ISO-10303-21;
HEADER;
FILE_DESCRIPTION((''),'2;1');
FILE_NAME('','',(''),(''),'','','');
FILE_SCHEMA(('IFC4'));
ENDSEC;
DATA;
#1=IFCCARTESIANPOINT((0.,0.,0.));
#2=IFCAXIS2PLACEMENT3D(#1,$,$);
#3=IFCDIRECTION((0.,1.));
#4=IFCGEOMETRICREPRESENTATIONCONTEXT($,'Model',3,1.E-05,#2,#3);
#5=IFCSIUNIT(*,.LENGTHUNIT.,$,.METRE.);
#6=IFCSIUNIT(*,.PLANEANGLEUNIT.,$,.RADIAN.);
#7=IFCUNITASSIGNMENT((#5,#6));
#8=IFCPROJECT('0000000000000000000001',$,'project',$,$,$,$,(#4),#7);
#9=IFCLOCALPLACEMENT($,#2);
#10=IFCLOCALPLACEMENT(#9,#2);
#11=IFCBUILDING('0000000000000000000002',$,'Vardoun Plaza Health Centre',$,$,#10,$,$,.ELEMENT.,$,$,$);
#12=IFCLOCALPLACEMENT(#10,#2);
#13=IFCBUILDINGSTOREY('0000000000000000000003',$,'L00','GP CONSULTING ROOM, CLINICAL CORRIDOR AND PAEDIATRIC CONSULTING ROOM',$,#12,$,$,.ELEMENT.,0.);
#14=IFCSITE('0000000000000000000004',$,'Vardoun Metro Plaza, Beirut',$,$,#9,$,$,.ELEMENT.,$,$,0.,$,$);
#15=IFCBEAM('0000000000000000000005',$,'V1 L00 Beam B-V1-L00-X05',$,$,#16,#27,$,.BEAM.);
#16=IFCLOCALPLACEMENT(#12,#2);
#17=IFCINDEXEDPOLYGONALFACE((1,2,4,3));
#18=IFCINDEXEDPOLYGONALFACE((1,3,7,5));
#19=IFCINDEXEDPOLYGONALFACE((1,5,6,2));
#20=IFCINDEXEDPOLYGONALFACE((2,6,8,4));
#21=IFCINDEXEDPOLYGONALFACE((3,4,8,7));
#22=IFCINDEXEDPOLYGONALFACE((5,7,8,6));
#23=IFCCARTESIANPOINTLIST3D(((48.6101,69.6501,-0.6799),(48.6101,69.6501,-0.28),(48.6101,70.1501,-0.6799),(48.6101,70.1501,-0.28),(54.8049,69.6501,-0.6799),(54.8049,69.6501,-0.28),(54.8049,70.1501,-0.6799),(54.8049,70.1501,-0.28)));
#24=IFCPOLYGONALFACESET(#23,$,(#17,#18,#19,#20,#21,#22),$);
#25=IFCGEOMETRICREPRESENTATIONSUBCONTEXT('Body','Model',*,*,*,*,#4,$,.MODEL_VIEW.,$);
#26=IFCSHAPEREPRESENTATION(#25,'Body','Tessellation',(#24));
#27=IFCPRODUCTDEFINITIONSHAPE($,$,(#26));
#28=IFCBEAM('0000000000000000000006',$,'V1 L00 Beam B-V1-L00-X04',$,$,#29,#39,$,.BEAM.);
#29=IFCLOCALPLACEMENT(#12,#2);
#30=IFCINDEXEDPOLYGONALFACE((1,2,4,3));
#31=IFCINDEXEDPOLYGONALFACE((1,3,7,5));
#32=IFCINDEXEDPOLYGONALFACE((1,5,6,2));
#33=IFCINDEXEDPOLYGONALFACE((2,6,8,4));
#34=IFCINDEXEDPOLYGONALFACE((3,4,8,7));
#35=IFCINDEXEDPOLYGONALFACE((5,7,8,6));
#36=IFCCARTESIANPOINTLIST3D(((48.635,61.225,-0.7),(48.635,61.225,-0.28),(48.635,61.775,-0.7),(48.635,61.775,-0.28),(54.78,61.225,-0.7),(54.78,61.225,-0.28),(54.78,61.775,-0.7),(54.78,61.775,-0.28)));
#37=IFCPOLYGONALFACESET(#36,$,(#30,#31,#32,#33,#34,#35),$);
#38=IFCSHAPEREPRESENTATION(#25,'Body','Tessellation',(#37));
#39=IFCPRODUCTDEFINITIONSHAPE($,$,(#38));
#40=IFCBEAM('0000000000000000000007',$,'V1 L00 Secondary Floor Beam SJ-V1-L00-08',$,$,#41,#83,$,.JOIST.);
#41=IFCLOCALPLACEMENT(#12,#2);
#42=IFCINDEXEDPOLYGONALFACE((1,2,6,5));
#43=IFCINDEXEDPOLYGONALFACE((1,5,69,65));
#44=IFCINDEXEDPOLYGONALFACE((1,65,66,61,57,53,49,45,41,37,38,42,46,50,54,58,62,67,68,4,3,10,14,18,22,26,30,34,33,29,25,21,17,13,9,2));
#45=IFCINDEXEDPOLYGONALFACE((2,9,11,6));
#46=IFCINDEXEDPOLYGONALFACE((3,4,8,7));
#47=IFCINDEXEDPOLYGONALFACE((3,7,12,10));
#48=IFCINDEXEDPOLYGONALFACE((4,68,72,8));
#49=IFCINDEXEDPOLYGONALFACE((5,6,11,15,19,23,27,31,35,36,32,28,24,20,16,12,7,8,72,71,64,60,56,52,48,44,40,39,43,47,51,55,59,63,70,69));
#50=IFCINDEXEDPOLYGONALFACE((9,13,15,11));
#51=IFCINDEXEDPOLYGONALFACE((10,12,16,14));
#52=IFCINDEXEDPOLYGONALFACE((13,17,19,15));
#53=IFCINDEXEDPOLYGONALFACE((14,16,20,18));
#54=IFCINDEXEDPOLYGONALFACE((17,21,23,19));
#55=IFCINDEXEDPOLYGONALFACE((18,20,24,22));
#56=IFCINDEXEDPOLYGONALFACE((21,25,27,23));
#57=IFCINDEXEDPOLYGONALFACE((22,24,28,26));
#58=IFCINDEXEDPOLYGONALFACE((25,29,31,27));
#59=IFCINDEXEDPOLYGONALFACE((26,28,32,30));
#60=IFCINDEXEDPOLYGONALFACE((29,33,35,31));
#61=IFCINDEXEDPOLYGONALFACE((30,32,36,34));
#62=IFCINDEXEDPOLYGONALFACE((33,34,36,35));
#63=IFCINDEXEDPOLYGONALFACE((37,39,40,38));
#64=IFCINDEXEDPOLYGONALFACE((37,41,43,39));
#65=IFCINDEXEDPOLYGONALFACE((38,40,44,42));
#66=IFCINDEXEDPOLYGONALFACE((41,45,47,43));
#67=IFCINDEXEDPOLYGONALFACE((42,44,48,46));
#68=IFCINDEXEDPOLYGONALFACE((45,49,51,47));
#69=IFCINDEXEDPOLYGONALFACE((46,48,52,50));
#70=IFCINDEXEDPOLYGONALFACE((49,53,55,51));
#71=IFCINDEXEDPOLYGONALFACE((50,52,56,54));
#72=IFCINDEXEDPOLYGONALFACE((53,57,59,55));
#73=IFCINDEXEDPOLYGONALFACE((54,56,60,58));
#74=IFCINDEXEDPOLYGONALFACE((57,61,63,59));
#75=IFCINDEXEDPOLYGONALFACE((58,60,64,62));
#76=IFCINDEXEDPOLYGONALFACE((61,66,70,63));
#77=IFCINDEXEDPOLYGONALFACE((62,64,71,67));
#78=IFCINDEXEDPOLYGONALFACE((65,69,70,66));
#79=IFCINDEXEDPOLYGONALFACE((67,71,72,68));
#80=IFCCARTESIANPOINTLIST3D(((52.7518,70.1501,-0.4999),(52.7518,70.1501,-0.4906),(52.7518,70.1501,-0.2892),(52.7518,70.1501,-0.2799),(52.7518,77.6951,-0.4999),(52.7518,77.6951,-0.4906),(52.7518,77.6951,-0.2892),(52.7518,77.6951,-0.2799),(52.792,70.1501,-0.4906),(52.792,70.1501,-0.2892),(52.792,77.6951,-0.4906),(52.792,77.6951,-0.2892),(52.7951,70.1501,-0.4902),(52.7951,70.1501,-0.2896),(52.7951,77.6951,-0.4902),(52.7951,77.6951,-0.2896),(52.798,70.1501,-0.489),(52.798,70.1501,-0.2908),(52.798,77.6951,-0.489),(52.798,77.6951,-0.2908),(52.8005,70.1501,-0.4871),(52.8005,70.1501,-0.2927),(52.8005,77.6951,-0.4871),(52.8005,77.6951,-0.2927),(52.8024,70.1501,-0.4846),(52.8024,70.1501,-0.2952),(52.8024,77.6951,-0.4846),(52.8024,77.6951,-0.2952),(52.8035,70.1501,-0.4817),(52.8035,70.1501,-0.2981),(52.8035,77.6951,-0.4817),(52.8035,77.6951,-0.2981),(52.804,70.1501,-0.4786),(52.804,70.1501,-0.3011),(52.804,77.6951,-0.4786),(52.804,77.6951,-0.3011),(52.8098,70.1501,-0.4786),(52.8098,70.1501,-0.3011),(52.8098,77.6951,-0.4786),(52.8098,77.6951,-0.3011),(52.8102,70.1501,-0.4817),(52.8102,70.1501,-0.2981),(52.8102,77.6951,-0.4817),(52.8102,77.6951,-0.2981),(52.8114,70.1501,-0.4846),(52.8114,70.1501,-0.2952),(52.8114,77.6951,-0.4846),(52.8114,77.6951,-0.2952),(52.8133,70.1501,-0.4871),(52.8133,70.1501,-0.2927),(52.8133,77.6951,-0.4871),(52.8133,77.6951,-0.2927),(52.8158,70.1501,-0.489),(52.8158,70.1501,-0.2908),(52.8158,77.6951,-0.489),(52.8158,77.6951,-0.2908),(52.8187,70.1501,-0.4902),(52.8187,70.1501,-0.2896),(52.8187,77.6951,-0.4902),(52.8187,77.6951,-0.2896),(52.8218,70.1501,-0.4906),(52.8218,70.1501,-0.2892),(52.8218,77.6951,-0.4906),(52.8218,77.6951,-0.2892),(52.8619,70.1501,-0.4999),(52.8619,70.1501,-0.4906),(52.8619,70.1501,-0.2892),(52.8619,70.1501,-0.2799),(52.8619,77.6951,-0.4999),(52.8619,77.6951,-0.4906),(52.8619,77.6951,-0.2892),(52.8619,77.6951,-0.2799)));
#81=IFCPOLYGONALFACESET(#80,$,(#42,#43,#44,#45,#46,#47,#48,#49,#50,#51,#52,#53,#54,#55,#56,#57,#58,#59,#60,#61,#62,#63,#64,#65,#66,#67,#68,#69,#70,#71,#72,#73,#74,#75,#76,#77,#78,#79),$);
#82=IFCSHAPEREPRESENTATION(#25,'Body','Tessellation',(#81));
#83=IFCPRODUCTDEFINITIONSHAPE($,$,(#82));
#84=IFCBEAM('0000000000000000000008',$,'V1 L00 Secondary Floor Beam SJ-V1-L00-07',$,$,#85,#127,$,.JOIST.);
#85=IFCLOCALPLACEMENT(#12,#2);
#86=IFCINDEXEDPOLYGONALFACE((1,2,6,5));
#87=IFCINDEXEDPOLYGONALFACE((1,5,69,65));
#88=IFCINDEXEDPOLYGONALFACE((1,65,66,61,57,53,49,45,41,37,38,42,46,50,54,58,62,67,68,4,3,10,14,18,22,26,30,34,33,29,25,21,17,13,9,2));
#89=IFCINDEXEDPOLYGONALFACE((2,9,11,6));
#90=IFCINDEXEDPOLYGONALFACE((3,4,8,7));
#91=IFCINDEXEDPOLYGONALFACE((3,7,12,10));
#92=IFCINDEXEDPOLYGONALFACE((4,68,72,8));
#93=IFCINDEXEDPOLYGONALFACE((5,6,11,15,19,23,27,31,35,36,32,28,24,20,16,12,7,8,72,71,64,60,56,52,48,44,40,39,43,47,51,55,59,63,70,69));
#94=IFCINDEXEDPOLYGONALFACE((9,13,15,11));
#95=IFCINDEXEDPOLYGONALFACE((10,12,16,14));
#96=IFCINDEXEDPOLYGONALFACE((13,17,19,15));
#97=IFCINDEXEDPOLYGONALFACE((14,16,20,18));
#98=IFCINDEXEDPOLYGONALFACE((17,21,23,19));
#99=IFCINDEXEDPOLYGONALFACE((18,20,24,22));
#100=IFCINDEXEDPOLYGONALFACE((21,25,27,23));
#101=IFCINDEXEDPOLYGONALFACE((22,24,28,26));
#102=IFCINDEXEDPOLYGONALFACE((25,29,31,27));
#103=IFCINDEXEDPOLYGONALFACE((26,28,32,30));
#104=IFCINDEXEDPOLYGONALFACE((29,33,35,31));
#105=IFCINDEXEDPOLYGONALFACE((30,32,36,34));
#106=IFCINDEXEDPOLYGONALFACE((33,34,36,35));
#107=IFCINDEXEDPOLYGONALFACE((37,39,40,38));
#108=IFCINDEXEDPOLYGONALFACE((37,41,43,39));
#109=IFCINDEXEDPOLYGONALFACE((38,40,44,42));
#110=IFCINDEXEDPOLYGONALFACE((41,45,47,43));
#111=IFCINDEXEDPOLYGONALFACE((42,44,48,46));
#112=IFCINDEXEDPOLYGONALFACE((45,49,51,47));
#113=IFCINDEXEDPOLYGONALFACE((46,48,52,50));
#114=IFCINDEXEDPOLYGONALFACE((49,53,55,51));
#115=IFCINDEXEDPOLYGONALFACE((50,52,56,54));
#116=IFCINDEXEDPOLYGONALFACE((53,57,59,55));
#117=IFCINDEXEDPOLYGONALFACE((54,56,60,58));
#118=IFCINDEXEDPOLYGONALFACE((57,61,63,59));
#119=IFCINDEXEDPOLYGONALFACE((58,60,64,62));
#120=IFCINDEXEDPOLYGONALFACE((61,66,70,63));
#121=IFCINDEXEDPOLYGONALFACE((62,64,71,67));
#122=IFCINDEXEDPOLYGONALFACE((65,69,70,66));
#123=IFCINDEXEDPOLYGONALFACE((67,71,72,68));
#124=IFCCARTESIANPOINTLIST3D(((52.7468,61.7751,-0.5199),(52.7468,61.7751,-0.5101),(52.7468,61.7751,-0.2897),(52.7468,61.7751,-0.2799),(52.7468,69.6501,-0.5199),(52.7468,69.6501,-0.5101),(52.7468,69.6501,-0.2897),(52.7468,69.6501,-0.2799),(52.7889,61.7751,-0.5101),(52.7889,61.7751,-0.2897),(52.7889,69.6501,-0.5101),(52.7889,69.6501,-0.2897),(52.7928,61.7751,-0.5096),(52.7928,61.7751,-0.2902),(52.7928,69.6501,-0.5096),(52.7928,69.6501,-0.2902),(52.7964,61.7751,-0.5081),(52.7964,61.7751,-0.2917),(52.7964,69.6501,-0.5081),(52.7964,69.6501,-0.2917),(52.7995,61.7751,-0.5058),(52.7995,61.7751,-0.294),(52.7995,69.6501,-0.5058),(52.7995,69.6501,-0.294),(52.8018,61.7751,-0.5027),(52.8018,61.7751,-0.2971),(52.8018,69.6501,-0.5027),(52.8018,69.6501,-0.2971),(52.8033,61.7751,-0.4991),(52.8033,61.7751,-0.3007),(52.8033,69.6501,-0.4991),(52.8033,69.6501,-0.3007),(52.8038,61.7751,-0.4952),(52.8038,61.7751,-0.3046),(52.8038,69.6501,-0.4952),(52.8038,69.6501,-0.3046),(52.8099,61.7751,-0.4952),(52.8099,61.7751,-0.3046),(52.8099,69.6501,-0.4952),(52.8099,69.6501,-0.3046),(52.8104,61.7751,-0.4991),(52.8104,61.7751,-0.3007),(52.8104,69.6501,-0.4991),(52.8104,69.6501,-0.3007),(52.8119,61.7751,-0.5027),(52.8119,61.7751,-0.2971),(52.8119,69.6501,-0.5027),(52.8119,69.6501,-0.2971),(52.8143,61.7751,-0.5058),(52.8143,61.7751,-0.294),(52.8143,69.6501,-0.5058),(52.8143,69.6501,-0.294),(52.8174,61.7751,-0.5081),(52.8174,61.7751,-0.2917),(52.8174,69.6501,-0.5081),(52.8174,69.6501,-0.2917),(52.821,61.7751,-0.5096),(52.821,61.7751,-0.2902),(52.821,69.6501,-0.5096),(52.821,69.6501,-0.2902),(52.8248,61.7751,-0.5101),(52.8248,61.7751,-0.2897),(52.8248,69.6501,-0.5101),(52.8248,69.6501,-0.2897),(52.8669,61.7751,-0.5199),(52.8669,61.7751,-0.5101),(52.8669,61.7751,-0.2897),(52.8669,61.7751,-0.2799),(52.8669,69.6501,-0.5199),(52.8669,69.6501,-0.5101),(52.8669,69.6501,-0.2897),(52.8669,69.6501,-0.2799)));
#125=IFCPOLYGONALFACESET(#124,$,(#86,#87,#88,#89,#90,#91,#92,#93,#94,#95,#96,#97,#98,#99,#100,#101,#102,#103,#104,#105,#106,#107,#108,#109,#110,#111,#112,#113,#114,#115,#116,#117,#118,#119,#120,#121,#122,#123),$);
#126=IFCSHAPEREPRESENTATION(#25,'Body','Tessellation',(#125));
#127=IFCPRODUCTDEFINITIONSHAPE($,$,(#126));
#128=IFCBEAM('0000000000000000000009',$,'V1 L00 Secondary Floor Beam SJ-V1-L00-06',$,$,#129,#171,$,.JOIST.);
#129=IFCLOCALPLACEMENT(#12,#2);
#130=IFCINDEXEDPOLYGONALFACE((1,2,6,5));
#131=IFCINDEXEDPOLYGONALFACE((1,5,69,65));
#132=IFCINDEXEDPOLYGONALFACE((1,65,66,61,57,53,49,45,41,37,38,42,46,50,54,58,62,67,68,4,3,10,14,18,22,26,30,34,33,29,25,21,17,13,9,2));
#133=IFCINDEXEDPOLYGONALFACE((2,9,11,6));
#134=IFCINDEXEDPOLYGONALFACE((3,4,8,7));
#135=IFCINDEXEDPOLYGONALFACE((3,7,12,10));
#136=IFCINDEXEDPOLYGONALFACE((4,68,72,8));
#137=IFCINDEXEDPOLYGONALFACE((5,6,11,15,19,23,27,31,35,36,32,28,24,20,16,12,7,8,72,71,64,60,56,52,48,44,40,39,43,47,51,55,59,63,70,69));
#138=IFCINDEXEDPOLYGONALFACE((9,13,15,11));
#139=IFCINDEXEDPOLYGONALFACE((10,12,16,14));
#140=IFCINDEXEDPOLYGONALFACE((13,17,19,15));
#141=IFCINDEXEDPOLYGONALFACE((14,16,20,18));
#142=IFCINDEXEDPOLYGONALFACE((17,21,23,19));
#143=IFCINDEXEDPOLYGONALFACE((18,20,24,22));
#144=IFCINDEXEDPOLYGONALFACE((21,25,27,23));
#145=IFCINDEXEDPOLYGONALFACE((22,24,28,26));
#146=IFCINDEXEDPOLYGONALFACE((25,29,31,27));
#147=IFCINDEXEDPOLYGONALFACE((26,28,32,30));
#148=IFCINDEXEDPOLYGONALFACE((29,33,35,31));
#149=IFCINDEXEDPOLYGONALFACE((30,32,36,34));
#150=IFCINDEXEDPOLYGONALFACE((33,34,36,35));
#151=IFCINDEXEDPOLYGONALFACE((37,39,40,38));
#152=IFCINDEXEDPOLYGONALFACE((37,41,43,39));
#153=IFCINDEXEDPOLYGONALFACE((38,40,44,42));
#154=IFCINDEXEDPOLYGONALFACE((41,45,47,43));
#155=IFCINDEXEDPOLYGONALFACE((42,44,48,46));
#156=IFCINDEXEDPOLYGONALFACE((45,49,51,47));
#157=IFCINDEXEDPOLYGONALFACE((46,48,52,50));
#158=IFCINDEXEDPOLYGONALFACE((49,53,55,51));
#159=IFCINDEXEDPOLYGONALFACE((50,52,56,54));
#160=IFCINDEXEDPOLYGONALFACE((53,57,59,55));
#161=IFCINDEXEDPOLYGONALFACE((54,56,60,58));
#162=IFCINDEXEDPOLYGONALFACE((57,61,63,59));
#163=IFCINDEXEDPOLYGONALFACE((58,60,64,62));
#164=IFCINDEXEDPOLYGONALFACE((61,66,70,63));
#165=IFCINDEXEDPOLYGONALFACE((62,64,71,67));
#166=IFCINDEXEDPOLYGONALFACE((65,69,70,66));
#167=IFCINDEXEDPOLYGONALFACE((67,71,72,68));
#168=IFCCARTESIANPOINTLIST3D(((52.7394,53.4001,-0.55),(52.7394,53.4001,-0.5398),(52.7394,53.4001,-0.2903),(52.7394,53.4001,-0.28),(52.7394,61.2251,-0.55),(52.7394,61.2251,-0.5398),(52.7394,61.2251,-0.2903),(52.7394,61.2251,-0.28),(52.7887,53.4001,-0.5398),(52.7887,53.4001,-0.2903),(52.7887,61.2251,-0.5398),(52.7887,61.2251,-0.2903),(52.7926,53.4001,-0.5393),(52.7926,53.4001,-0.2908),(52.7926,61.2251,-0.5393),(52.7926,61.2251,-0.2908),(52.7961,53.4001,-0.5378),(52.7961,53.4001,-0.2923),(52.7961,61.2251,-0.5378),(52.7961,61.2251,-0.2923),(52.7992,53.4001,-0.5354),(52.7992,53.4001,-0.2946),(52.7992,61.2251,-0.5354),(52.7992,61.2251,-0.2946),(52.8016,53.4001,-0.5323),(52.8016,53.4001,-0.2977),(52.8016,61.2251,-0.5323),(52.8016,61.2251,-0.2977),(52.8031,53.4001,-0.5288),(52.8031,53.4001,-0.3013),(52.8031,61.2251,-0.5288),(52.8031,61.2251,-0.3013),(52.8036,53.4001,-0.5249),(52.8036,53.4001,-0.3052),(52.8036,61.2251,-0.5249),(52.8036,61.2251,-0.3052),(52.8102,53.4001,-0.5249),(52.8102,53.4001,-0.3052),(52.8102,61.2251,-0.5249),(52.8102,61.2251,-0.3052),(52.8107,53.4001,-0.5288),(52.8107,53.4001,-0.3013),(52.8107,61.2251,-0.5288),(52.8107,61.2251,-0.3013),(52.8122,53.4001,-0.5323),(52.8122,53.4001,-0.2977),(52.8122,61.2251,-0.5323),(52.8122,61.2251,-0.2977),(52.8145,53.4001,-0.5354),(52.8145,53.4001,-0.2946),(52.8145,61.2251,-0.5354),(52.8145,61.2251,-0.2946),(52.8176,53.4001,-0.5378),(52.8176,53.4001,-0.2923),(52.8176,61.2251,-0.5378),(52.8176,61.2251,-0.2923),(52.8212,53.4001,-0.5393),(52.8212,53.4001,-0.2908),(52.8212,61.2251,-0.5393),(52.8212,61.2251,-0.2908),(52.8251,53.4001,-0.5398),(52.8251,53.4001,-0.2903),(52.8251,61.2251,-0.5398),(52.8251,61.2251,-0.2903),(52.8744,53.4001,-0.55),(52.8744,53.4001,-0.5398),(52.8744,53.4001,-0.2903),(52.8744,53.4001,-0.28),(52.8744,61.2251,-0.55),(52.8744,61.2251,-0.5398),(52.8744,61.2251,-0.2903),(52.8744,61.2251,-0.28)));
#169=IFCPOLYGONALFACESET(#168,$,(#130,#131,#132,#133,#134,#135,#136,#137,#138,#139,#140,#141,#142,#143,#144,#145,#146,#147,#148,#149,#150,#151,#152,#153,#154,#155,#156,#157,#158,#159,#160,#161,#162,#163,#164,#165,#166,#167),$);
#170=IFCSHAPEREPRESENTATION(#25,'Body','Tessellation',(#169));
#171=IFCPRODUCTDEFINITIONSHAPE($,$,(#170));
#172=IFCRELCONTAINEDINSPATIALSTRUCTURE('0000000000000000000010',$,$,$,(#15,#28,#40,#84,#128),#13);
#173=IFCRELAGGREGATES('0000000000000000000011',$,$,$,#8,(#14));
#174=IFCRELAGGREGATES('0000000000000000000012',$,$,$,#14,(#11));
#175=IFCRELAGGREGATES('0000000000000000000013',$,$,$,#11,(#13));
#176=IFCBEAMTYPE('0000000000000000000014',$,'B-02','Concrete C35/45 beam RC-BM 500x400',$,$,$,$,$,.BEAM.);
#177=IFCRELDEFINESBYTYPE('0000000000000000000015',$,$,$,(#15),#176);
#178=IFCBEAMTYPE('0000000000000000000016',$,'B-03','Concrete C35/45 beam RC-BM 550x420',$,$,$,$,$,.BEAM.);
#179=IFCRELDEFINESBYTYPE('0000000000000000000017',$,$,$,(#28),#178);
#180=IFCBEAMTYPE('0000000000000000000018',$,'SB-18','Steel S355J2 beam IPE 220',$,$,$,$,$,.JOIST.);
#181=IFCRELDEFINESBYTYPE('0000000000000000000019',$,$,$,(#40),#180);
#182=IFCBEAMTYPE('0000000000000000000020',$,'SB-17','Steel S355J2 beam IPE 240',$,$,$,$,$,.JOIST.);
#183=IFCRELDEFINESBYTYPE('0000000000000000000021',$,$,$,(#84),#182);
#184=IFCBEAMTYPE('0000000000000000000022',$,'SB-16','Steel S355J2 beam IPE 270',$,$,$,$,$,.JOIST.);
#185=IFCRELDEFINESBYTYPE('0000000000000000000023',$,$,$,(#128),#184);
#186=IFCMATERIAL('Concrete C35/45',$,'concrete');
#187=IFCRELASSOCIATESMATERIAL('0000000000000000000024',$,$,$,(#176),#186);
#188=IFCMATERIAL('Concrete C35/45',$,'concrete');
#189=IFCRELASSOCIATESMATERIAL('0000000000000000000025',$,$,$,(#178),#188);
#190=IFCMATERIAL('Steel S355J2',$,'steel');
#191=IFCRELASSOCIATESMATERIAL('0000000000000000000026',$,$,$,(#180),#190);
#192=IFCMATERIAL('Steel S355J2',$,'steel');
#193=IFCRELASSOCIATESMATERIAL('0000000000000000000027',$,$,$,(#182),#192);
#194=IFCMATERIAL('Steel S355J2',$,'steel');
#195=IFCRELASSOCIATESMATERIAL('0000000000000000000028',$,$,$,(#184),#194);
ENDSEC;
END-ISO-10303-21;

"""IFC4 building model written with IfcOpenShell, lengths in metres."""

from ifc_helpers import new_model, si_unit, direction, frame, origin, origin_2d, place, context, subcontext, project, spatial, rectangle, i_section, extrude, material, material_profile, profile_set, type_object, element, save


model = new_model("IFC4")

# Units and contexts
model_context = context("Model", 3, precision=1e-05, world=origin(), true_north=direction((0.0, 1.0)))
body_context = subcontext(model_context, "Body", "Model", "MODEL_VIEW")
ifc_project = project(units=[si_unit("LENGTHUNIT", "METRE"), si_unit("PLANEANGLEUNIT", "RADIAN")], contexts=[model_context])

# Site, building, storey
site_placement = place(None, origin())
site = spatial("IfcSite", under=ifc_project, at=site_placement, Name="Vardoun Metro Plaza, Beirut", CompositionType="ELEMENT", RefElevation=0.0)
building_placement = place(site_placement, origin())
building = spatial("IfcBuilding", under=site, at=building_placement, Name="Vardoun Plaza Health Centre", CompositionType="ELEMENT")
storey_placement = place(building_placement, origin())
storey = spatial("IfcBuildingStorey", under=building, at=storey_placement, Name="L00", Description="GP CONSULTING ROOM, CLINICAL CORRIDOR AND PAEDIATRIC CONSULTING ROOM", CompositionType="ELEMENT", Elevation=0.0)

# Beams
ifc_material_1 = material(Name="Concrete C35/45", Category="concrete")
ifc_material_profile_1 = material_profile(ifc_material_1, rectangle(XDim=0.5, YDim=0.3999, at=origin_2d()), Name="RC-BM 500x400")
ifc_profile_set_1 = profile_set([ifc_material_profile_1], Name="Concrete C35/45")
beam_type_1 = type_object("IfcBeamType", Name="B-02", Description="Concrete C35/45 beam RC-BM 500x400", PredefinedType="BEAM", material=ifc_profile_set_1)
beam_1_placement = place(storey_placement, frame((48.6101, 69.9001, -0.48), z_axis=(1.0, 0.0, 0.0), x_axis=(0.0, 1.0, 0.0)))
element("IfcBeam", 1, at=beam_1_placement, inside=storey, type_object=beam_type_1, Name="V1 L00 Beam B-V1-L00-X05", PredefinedType="BEAM", context=body_context, shape_type="SweptSolid", body=[
    extrude(rectangle(XDim=0.5, YDim=0.3999, at=origin_2d()), origin(), (0.0, 0.0, 1.0), 6.1948),
])
ifc_material_2 = material(Name="Concrete C35/45", Category="concrete")
ifc_material_profile_2 = material_profile(ifc_material_2, rectangle(XDim=0.55, YDim=0.4199, at=origin_2d()), Name="RC-BM 550x420")
ifc_profile_set_2 = profile_set([ifc_material_profile_2], Name="Concrete C35/45")
beam_type_2 = type_object("IfcBeamType", Name="B-03", Description="Concrete C35/45 beam RC-BM 550x420", PredefinedType="BEAM", material=ifc_profile_set_2)
beam_2_placement = place(storey_placement, frame((48.635, 61.5, -0.49), z_axis=(1.0, 0.0, 0.0), x_axis=(0.0, 1.0, 0.0)))
element("IfcBeam", 2, at=beam_2_placement, inside=storey, type_object=beam_type_2, Name="V1 L00 Beam B-V1-L00-X04", PredefinedType="BEAM", context=body_context, shape_type="SweptSolid", body=[
    extrude(rectangle(XDim=0.55, YDim=0.4199, at=origin_2d()), origin(), (0.0, 0.0, 1.0), 6.145),
])
ifc_material_3 = material(Name="Steel S355J2", Category="steel")
ifc_material_profile_3 = material_profile(ifc_material_3, i_section(OverallWidth=0.1101, OverallDepth=0.22, WebThickness=0.0059, FlangeThickness=0.0093, FilletRadius=0.012, at=origin_2d()), Name="IPE 220")
ifc_profile_set_3 = profile_set([ifc_material_profile_3], Name="Steel S355J2")
beam_type_3 = type_object("IfcBeamType", Name="SB-18", Description="Steel S355J2 beam IPE 220", PredefinedType="JOIST", material=ifc_profile_set_3)
beam_3_placement = place(storey_placement, frame((52.8069, 70.1501, -0.3899), z_axis=(0.0, 1.0, 0.0), x_axis=(-1.0, 0.0, 0.0)))
element("IfcBeam", 3, at=beam_3_placement, inside=storey, type_object=beam_type_3, Name="V1 L00 Secondary Floor Beam SJ-V1-L00-08", PredefinedType="JOIST", context=body_context, shape_type="SweptSolid", body=[
    extrude(i_section(OverallWidth=0.1101, OverallDepth=0.22, WebThickness=0.0059, FlangeThickness=0.0093, FilletRadius=0.012, at=origin_2d()), origin(), (0.0, 0.0, 1.0), 7.5449),
])
ifc_material_4 = material(Name="Steel S355J2", Category="steel")
ifc_material_profile_4 = material_profile(ifc_material_4, i_section(OverallWidth=0.1201, OverallDepth=0.24, WebThickness=0.0061, FlangeThickness=0.0098, FilletRadius=0.0149, at=origin_2d()), Name="IPE 240")
ifc_profile_set_4 = profile_set([ifc_material_profile_4], Name="Steel S355J2")
beam_type_4 = type_object("IfcBeamType", Name="SB-17", Description="Steel S355J2 beam IPE 240", PredefinedType="JOIST", material=ifc_profile_set_4)
beam_4_placement = place(storey_placement, frame((52.8069, 61.7751, -0.3999), z_axis=(0.0, 1.0, 0.0), x_axis=(-1.0, 0.0, 0.0)))
element("IfcBeam", 4, at=beam_4_placement, inside=storey, type_object=beam_type_4, Name="V1 L00 Secondary Floor Beam SJ-V1-L00-07", PredefinedType="JOIST", context=body_context, shape_type="SweptSolid", body=[
    extrude(i_section(OverallWidth=0.1201, OverallDepth=0.24, WebThickness=0.0061, FlangeThickness=0.0098, FilletRadius=0.0149, at=origin_2d()), origin(), (0.0, 0.0, 1.0), 7.875),
])
ifc_material_5 = material(Name="Steel S355J2", Category="steel")
ifc_material_profile_5 = material_profile(ifc_material_5, i_section(OverallWidth=0.135, OverallDepth=0.27, WebThickness=0.0066, FlangeThickness=0.0103, FilletRadius=0.0149, at=origin_2d()), Name="IPE 270")
ifc_profile_set_5 = profile_set([ifc_material_profile_5], Name="Steel S355J2")
beam_type_5 = type_object("IfcBeamType", Name="SB-16", Description="Steel S355J2 beam IPE 270", PredefinedType="JOIST", material=ifc_profile_set_5)
beam_5_placement = place(storey_placement, frame((52.8069, 53.4001, -0.415), z_axis=(0.0, 1.0, 0.0), x_axis=(-1.0, 0.0, 0.0)))
element("IfcBeam", 5, at=beam_5_placement, inside=storey, type_object=beam_type_5, Name="V1 L00 Secondary Floor Beam SJ-V1-L00-06", PredefinedType="JOIST", context=body_context, shape_type="SweptSolid", body=[
    extrude(i_section(OverallWidth=0.135, OverallDepth=0.27, WebThickness=0.0066, FlangeThickness=0.0103, FilletRadius=0.0149, at=origin_2d()), origin(), (0.0, 0.0, 1.0), 7.825),
])

save(model, "model.ifc")
